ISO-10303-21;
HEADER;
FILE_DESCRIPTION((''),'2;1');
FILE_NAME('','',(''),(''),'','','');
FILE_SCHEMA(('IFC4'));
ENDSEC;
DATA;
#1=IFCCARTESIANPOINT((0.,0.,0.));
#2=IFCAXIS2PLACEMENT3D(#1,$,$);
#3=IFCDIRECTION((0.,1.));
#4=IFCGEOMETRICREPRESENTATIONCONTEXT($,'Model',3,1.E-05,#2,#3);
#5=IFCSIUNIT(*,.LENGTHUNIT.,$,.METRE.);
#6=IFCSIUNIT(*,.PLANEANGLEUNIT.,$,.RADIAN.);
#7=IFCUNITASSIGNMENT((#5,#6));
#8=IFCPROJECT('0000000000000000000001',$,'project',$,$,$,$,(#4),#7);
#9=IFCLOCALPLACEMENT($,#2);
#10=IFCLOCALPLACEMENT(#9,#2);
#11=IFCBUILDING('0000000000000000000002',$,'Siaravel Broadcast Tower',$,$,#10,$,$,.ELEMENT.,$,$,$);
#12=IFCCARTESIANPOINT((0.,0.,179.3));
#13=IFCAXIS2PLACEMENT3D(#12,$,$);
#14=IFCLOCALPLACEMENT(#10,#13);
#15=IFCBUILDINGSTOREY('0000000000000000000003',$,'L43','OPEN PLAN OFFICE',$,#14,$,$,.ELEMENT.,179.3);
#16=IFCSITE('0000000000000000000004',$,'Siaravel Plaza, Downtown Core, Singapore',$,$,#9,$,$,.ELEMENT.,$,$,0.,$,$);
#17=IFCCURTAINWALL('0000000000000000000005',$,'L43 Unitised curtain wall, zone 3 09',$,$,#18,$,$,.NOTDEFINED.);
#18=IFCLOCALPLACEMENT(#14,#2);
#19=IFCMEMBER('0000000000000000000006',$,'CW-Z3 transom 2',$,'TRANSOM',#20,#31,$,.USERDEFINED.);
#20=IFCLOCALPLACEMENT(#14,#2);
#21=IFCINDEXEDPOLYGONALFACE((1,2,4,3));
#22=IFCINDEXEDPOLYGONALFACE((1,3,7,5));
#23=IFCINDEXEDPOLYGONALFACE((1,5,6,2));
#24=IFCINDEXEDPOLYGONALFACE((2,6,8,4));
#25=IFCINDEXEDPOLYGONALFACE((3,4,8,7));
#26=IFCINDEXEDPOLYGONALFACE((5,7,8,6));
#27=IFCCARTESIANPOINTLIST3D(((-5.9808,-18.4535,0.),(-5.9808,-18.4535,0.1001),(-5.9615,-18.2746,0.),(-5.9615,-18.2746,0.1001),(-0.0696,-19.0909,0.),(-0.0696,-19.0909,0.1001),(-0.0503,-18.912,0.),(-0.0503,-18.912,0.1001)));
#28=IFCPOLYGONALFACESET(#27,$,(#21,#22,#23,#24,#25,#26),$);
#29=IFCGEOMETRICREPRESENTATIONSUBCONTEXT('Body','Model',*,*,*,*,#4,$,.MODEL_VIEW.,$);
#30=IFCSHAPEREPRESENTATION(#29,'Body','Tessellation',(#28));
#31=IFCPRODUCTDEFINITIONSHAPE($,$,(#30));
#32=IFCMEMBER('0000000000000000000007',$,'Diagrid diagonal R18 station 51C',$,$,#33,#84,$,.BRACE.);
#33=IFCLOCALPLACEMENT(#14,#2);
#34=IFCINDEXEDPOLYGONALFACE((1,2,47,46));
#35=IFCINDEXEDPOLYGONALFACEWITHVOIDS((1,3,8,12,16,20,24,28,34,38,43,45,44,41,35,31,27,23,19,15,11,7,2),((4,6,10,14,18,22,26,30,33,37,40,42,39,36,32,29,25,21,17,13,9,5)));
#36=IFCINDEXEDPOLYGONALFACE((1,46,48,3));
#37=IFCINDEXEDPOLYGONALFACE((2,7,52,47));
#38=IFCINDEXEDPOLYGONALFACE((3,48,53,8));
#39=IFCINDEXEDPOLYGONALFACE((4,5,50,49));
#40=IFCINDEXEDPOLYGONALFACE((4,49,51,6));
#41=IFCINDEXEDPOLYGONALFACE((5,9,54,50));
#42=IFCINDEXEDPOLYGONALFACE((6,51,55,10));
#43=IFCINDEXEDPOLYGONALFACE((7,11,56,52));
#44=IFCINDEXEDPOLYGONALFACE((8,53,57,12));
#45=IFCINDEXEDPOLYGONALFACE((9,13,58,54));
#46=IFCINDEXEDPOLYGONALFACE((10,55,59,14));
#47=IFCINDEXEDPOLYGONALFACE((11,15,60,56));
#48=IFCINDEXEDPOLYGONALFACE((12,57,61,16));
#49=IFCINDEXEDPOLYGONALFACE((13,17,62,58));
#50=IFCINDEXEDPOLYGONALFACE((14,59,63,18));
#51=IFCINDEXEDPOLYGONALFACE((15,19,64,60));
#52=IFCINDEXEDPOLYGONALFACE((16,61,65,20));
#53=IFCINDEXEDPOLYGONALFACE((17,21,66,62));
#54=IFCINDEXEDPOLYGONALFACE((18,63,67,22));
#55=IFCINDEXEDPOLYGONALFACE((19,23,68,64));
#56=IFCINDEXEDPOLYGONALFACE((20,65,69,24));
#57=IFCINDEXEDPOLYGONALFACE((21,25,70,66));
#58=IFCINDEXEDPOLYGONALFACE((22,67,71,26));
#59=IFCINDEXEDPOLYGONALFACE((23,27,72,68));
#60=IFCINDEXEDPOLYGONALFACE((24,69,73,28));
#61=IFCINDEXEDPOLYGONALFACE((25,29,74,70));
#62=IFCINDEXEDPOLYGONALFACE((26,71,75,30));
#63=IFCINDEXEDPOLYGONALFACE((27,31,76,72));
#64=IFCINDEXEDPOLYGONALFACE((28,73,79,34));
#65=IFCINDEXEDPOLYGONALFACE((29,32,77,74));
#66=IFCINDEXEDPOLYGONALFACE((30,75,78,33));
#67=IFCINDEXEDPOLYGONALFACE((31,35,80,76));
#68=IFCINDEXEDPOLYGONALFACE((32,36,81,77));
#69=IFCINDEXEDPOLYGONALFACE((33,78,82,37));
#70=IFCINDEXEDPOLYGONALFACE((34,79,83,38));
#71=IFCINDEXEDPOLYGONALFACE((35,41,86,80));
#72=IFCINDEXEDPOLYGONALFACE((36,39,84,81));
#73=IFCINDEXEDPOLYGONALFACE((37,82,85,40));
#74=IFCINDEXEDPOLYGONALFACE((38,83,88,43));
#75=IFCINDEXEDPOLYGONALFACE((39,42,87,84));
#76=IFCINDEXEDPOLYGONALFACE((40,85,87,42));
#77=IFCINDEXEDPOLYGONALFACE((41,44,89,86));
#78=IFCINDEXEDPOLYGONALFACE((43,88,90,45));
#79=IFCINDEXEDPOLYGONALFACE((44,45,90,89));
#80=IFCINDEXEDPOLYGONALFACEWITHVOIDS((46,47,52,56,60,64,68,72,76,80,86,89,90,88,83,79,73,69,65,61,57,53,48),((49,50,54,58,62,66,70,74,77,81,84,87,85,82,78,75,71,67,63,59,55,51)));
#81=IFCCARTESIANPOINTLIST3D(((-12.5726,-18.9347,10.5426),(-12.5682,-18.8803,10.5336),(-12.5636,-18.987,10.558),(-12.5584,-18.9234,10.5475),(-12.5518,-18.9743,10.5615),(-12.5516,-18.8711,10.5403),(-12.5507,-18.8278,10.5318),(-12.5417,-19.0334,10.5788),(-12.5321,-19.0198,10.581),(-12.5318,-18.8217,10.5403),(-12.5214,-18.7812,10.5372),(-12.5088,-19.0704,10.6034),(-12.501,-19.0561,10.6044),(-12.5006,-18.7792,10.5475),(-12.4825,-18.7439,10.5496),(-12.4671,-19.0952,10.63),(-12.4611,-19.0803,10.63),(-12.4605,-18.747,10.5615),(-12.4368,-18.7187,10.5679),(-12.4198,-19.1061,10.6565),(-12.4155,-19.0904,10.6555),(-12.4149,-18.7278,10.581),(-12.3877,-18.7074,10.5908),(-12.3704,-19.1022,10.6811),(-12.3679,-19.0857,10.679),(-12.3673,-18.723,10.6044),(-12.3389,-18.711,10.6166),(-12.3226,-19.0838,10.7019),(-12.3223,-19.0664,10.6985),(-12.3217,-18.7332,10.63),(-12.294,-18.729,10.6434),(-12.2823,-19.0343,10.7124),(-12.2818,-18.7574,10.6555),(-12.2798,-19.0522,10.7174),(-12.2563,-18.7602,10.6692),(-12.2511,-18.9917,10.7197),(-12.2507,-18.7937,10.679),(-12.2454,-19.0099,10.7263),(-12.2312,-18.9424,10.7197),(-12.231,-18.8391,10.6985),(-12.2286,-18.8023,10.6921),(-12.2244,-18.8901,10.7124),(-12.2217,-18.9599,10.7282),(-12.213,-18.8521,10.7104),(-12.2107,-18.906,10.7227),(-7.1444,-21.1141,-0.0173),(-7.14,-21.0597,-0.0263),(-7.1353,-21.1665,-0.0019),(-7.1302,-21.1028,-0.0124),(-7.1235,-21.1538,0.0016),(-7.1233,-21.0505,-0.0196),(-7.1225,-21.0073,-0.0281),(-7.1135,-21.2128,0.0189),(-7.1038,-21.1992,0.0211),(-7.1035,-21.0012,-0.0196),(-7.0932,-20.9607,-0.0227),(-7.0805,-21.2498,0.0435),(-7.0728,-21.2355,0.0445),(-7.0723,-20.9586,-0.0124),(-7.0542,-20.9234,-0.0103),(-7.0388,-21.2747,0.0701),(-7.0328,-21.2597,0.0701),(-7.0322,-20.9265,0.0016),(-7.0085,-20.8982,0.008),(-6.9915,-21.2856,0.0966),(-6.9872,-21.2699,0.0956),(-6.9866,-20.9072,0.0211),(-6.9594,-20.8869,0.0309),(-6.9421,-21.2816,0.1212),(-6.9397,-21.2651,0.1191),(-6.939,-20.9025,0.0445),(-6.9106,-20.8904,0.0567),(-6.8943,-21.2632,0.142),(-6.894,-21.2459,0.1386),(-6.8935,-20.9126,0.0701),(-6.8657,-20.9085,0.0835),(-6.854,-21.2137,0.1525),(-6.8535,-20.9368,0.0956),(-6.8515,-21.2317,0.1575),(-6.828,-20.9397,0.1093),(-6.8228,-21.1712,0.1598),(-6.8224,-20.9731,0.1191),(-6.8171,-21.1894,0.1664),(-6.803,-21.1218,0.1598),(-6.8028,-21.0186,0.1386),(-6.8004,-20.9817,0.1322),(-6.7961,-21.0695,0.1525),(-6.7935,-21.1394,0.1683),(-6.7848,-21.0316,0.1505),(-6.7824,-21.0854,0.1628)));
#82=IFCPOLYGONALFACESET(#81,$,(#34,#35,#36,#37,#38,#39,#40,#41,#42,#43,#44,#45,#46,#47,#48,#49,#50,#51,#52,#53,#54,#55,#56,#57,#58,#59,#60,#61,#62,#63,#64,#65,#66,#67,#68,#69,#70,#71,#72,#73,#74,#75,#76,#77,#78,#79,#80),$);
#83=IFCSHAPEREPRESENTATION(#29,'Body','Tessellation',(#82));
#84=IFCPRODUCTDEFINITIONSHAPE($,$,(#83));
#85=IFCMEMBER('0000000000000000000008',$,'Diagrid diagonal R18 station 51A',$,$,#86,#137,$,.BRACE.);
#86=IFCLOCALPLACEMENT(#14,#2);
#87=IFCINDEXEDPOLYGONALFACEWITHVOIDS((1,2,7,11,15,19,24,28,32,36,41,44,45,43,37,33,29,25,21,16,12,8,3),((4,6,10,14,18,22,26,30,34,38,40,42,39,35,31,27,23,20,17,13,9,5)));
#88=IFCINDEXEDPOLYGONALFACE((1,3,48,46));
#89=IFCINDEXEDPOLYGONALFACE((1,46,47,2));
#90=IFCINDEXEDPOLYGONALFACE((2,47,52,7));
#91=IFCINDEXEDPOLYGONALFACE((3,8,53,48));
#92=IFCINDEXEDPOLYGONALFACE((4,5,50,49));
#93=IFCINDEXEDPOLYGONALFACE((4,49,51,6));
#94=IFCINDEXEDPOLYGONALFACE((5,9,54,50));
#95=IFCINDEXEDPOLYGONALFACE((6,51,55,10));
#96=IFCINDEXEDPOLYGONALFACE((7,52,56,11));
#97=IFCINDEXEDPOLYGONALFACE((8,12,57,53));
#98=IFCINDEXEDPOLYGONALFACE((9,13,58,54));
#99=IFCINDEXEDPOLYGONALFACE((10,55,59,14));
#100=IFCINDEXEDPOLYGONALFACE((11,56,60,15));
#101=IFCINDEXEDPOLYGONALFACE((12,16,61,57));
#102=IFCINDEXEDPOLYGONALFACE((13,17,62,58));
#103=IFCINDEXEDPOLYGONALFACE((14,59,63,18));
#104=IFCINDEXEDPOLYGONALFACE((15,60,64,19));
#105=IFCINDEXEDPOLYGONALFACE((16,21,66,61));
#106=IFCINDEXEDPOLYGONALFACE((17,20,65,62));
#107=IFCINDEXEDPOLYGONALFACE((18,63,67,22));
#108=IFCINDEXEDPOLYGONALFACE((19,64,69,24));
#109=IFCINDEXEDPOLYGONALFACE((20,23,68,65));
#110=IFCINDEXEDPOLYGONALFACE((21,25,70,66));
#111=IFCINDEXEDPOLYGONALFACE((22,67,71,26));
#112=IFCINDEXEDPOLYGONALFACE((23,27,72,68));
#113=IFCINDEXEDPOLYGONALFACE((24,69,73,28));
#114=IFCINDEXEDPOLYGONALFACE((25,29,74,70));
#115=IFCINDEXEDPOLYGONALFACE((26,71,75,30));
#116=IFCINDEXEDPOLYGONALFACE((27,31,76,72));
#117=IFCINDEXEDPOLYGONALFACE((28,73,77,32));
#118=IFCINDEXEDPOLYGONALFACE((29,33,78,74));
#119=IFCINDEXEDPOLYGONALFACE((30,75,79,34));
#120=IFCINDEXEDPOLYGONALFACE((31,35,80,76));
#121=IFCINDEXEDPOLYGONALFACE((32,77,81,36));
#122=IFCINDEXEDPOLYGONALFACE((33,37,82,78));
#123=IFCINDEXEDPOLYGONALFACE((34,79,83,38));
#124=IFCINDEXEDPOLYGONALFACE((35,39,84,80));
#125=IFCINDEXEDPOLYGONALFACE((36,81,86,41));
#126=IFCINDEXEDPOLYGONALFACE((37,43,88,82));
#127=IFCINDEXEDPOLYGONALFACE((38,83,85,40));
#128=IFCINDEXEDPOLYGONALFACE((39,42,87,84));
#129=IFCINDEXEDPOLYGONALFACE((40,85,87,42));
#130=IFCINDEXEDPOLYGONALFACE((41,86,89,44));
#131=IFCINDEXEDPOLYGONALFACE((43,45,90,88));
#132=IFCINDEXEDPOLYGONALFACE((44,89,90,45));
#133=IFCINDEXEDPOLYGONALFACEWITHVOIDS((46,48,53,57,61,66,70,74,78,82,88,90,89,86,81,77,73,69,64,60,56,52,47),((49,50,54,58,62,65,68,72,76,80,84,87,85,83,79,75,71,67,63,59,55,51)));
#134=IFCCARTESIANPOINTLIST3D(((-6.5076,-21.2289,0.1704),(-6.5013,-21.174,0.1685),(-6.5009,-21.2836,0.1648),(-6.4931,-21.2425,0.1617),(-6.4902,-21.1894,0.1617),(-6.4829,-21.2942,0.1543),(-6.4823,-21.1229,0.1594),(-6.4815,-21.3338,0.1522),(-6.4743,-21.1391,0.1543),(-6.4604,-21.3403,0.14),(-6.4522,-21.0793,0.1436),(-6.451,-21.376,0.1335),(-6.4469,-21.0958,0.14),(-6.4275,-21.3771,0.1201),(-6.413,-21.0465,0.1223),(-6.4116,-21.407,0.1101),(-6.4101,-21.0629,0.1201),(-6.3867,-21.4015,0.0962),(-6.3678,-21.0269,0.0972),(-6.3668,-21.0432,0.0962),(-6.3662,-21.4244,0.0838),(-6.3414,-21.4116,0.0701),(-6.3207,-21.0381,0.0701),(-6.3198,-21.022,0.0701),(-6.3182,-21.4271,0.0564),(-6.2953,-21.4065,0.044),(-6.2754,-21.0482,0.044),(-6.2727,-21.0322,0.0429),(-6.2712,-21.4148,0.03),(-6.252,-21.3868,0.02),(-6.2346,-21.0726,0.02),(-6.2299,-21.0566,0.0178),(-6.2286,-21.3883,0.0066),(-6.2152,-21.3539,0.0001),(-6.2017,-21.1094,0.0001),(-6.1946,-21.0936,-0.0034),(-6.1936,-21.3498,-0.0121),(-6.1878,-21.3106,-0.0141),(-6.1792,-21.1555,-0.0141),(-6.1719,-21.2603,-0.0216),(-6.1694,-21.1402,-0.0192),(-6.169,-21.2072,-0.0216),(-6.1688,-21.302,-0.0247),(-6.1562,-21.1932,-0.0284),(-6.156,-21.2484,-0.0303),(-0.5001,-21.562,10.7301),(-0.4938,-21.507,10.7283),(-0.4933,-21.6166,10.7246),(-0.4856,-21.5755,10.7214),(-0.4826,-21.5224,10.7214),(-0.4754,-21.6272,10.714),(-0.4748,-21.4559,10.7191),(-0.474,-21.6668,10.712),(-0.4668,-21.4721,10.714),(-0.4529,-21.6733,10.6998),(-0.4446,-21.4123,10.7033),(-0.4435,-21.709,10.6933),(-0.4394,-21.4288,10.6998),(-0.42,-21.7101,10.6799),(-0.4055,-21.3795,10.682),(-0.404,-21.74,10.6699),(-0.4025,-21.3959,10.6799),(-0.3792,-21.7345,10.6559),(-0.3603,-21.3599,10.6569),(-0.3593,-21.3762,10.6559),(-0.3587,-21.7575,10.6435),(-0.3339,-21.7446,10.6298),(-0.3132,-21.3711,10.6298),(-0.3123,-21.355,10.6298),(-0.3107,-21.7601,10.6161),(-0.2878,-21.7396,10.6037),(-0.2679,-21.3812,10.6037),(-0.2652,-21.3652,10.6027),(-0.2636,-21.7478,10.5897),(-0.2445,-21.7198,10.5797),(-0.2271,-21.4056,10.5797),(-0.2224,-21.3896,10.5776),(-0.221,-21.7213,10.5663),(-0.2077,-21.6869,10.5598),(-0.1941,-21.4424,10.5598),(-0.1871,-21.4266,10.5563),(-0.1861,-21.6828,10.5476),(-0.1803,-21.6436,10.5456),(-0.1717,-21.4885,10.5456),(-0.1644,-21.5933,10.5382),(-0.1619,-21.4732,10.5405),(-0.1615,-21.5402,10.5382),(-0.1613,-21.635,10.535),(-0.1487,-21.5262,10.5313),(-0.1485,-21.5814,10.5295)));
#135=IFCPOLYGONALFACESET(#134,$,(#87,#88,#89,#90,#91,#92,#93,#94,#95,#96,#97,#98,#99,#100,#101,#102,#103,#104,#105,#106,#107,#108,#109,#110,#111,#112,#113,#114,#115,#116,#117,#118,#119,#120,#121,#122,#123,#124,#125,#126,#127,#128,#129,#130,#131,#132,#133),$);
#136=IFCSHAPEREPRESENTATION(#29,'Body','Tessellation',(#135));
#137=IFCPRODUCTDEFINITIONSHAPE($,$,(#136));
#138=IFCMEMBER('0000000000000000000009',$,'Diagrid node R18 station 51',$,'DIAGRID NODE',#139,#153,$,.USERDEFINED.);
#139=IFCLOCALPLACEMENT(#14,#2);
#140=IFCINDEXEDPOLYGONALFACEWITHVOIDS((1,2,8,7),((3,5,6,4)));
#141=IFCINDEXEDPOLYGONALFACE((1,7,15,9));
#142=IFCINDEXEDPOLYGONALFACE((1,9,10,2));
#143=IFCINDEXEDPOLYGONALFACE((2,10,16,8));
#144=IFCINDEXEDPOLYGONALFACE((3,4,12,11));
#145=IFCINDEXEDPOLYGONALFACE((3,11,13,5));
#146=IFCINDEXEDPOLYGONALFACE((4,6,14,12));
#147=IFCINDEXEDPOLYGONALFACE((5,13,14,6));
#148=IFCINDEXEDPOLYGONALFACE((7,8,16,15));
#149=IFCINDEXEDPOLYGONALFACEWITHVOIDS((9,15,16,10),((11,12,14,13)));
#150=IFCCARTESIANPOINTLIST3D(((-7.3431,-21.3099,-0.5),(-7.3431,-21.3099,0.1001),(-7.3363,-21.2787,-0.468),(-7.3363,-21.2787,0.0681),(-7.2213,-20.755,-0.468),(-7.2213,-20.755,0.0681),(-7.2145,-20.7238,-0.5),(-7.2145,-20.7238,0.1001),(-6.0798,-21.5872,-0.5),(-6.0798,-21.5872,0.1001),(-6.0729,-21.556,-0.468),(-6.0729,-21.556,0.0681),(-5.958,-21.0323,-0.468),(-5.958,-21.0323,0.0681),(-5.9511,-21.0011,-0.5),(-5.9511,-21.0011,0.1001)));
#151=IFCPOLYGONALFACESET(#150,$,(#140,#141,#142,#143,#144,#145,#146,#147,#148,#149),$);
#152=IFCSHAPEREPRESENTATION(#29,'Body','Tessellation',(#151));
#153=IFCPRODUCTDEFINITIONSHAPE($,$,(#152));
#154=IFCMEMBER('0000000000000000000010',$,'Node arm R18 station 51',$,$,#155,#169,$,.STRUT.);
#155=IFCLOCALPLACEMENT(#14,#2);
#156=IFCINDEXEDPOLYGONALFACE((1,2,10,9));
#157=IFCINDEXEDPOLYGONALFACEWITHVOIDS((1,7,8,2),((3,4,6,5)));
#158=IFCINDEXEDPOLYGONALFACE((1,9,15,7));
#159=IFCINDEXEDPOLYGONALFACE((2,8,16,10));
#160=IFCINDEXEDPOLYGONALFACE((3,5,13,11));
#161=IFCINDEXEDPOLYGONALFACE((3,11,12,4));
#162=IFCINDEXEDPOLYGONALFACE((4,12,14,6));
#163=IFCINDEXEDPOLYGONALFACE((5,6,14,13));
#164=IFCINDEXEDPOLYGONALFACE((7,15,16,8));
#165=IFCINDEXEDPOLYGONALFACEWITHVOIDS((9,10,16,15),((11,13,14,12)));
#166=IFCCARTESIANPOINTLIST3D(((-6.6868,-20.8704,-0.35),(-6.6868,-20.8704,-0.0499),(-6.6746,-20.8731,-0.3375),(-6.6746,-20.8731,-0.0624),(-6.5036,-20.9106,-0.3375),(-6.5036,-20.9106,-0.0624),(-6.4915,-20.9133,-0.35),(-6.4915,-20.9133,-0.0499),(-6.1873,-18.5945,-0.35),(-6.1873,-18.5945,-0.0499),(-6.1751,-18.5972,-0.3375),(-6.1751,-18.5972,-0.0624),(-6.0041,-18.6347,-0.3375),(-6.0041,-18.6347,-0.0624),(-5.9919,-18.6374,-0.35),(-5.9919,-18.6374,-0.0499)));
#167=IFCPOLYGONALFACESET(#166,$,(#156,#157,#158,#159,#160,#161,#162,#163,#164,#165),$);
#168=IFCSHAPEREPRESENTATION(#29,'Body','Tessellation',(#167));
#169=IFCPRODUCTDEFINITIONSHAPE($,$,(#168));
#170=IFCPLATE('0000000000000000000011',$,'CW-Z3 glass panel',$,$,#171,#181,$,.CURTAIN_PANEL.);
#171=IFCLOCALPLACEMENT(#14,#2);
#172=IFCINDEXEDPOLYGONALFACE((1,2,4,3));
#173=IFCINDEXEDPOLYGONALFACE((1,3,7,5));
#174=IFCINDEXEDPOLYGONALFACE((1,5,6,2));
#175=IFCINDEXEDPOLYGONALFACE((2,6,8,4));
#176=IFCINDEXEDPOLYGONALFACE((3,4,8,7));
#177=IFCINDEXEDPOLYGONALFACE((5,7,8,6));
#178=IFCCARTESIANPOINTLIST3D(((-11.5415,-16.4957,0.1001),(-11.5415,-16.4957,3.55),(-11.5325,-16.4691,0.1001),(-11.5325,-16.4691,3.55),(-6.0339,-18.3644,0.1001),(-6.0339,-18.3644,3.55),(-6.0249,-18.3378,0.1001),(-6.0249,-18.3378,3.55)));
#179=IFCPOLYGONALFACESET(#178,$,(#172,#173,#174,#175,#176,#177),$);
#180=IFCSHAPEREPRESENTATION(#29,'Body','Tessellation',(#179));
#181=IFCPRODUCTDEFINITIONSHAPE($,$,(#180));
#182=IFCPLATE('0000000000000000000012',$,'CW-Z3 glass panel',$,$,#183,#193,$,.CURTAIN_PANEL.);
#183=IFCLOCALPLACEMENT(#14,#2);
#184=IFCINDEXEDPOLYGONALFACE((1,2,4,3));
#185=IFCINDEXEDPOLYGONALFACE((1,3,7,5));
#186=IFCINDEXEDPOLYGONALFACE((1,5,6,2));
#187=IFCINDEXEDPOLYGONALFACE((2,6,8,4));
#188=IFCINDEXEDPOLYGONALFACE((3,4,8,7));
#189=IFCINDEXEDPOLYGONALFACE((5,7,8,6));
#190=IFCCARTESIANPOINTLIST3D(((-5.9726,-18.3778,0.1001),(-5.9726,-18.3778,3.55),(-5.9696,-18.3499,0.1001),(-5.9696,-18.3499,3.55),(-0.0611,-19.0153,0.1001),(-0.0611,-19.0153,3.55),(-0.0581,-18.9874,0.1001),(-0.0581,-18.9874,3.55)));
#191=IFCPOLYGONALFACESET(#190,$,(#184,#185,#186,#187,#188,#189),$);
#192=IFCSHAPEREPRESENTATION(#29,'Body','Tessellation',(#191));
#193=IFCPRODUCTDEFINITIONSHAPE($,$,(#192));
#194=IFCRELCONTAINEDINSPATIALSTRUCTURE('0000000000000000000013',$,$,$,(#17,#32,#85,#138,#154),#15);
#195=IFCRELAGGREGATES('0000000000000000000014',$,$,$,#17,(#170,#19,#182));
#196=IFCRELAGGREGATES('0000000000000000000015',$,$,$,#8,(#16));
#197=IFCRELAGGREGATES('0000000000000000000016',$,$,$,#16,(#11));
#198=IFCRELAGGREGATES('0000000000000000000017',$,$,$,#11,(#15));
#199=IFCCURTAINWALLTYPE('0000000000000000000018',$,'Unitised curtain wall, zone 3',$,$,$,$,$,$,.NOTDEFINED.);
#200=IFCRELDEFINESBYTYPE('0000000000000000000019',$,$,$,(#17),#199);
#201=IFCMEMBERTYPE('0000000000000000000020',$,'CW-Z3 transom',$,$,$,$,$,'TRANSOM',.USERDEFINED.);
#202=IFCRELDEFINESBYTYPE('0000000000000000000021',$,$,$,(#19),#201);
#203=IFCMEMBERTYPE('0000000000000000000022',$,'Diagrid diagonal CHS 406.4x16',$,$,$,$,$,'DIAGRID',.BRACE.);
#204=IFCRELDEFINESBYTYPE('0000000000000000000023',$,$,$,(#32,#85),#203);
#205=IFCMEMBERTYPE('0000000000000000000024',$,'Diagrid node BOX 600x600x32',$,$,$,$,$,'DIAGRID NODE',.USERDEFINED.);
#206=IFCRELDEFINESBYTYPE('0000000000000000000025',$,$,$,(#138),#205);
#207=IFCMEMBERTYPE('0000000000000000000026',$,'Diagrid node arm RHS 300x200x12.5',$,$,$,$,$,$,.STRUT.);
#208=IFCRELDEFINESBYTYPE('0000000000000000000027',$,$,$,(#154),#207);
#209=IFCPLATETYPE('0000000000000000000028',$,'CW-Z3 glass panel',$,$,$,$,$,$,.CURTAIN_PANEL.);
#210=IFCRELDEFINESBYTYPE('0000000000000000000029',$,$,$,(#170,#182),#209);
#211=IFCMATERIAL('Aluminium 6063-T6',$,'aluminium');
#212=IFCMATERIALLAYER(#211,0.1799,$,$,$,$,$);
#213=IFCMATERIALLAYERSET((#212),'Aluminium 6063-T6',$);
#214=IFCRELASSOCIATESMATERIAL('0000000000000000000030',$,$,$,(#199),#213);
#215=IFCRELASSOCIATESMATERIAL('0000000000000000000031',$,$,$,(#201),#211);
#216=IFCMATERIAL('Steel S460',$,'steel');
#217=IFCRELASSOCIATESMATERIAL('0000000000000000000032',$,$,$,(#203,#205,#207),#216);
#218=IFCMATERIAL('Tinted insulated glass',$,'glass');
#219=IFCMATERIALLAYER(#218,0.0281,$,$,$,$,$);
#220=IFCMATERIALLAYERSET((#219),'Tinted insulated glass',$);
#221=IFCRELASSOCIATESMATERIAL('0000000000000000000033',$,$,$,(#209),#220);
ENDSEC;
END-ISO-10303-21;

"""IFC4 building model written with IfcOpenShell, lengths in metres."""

from ifc_helpers import new_model, si_unit, direction, frame, origin, origin_2d, place, context, subcontext, project, spatial, rectangle, hollow_rectangle, hollow_circle, extrude, material, layer, layer_set, material_profile, profile_set, type_object, element, aggregate, save


model = new_model("IFC4")

# Units and contexts
model_context = context("Model", 3, precision=1e-05, world=origin(), true_north=direction((0.0, 1.0)))
body_context = subcontext(model_context, "Body", "Model", "MODEL_VIEW")
ifc_project = project(units=[si_unit("LENGTHUNIT", "METRE"), si_unit("PLANEANGLEUNIT", "RADIAN")], contexts=[model_context])

# Site, building, storey
site_placement = place(None, origin())
site = spatial("IfcSite", under=ifc_project, at=site_placement, Name="Siaravel Plaza, Downtown Core, Singapore", CompositionType="ELEMENT", RefElevation=0.0)
building_placement = place(site_placement, origin())
building = spatial("IfcBuilding", under=site, at=building_placement, Name="Siaravel Broadcast Tower", CompositionType="ELEMENT")
storey_placement = place(building_placement, frame((0.0, 0.0, 179.3)))
storey = spatial("IfcBuildingStorey", under=building, at=storey_placement, Name="L43", Description="OPEN PLAN OFFICE", CompositionType="ELEMENT", Elevation=179.3)

# Curtain wall, member
ifc_material_1 = material(Name="Aluminium 6063-T6", Category="aluminium")
ifc_layer_1 = layer(ifc_material_1, 0.1799)
ifc_layer_set_1 = layer_set([ifc_layer_1], Name="Aluminium 6063-T6")
curtain_wall_type = type_object("IfcCurtainWallType", Name="Unitised curtain wall, zone 3", PredefinedType="NOTDEFINED", material=ifc_layer_set_1)
curtain_wall_placement = place(storey_placement, origin())
curtain_wall = element("IfcCurtainWall", 1, at=curtain_wall_placement, inside=storey, type_object=curtain_wall_type, Name="L43 Unitised curtain wall, zone 3 09", PredefinedType="NOTDEFINED")
ifc_material_profile_1 = material_profile(ifc_material_1, rectangle(XDim=0.1799, YDim=0.1001, at=origin_2d()))
ifc_profile_set_1 = profile_set([ifc_material_profile_1], Name="Aluminium 6063-T6")
member_type_1 = type_object("IfcMemberType", Name="CW-Z3 transom", ElementType="TRANSOM", PredefinedType="USERDEFINED", material=ifc_profile_set_1)
member_1_placement = place(storey_placement, frame((-5.9712, -18.364, 0.05), z_axis=(0.994236, -0.107213, 0.0), x_axis=(0.107213, 0.994236, 0.0)))
member_1 = element("IfcMember", 2, at=member_1_placement, type_object=member_type_1, Name="CW-Z3 transom 2", ObjectType="TRANSOM", PredefinedType="USERDEFINED", context=body_context, shape_type="SweptSolid", body=[
    extrude(rectangle(XDim=0.1799, YDim=0.1001, at=origin_2d()), origin(), (0.0, 0.0, 1.0), 5.9456),
])

# Members
ifc_material_2 = material(Name="Steel S460", Category="steel")
ifc_material_profile_2 = material_profile(ifc_material_2, hollow_circle(Radius=0.2031, WallThickness=0.0161, at=origin_2d()))
ifc_profile_set_2 = profile_set([ifc_material_profile_2], Name="Steel S460")
member_type_2 = type_object("IfcMemberType", Name="Diagrid diagonal CHS 406.4x16", ElementType="DIAGRID", PredefinedType="BRACE", material=ifc_profile_set_2)
member_2_placement = place(storey_placement, frame((-6.9631, -21.0862, 0.0701), z_axis=(-0.449666, 0.180542, 0.87476), x_axis=(-0.372592, -0.927995, 0.0)))
element("IfcMember", 3, at=member_2_placement, inside=storey, type_object=member_type_2, Name="Diagrid diagonal R18 station 51C", PredefinedType="BRACE", context=body_context, shape_type="SweptSolid", body=[
    extrude(hollow_circle(Radius=0.2031, WallThickness=0.0161, at=origin_2d()), origin(), (0.0, 0.0, 1.0), 12.0718),
])
member_3_placement = place(storey_placement, frame((-6.3311, -21.2249, 0.0701), z_axis=(0.494301, -0.0274, 0.868859), x_axis=(0.055346, 0.998467, 0.0)))
element("IfcMember", 4, at=member_3_placement, inside=storey, type_object=member_type_2, Name="Diagrid diagonal R18 station 51A", PredefinedType="BRACE", context=body_context, shape_type="SweptSolid", body=[
    extrude(hollow_circle(Radius=0.2031, WallThickness=0.0161, at=origin_2d()), origin(), (0.0, 0.0, 1.0), 12.1536),
])
ifc_material_profile_3 = material_profile(ifc_material_2, hollow_rectangle(XDim=0.6001, YDim=0.6001, WallThickness=0.032, at=origin_2d()))
ifc_profile_set_3 = profile_set([ifc_material_profile_3], Name="Steel S460")
member_type_3 = type_object("IfcMemberType", Name="Diagrid node BOX 600x600x32", ElementType="DIAGRID NODE", PredefinedType="USERDEFINED", material=ifc_profile_set_3)
member_4_placement = place(storey_placement, frame((-7.2788, -21.0168, -0.2), z_axis=(0.976743, -0.214412, 0.0), x_axis=(0.214412, 0.976743, 0.0)))
element("IfcMember", 5, at=member_4_placement, inside=storey, type_object=member_type_3, Name="Diagrid node R18 station 51", ObjectType="DIAGRID NODE", PredefinedType="USERDEFINED", context=body_context, shape_type="SweptSolid", body=[
    extrude(hollow_rectangle(XDim=0.6001, YDim=0.6001, WallThickness=0.032, at=origin_2d()), origin(), (0.0, 0.0, 1.0), 1.2935),
])
ifc_material_profile_4 = material_profile(ifc_material_2, hollow_rectangle(XDim=0.2, YDim=0.3, WallThickness=0.0125, at=origin_2d()))
ifc_profile_set_4 = profile_set([ifc_material_profile_4], Name="Steel S460")
member_type_4 = type_object("IfcMemberType", Name="Diagrid node arm RHS 300x200x12.5", PredefinedType="STRUT", material=ifc_profile_set_4)
member_5_placement = place(storey_placement, frame((-6.0896, -18.616, -0.2), z_axis=(-0.214378, -0.976751, 0.0), x_axis=(0.976751, -0.214378, 0.0)))
element("IfcMember", 6, at=member_5_placement, inside=storey, type_object=member_type_4, Name="Node arm R18 station 51", PredefinedType="STRUT", context=body_context, shape_type="SweptSolid", body=[
    extrude(hollow_rectangle(XDim=0.2, YDim=0.3, WallThickness=0.0125, at=origin_2d()), origin(), (0.0, 0.0, 1.0), 2.3301),
])

# Plates
ifc_material_3 = material(Name="Tinted insulated glass", Category="glass")
ifc_layer_2 = layer(ifc_material_3, 0.0281)
ifc_layer_set_2 = layer_set([ifc_layer_2], Name="Tinted insulated glass")
plate_type = type_object("IfcPlateType", Name="CW-Z3 glass panel", PredefinedType="CURTAIN_PANEL", material=ifc_layer_set_2)
plate_1_placement = place(storey_placement, frame((-8.7832, -17.4167, 0.1001), z_axis=(0.0, 0.0, 1.0), x_axis=(0.946977, -0.3213, 0.0)))
plate_1 = element("IfcPlate", 7, at=plate_1_placement, type_object=plate_type, Name="CW-Z3 glass panel", PredefinedType="CURTAIN_PANEL", context=body_context, shape_type="SweptSolid", body=[
    extrude(rectangle(XDim=5.8159, YDim=0.0281, at=origin_2d()), origin(), (0.0, 0.0, 1.0), 3.45),
])
plate_2_placement = place(storey_placement, frame((-3.0154, -18.6826, 0.1001), z_axis=(0.0, 0.0, 1.0), x_axis=(0.994236, -0.107217, 0.0)))
plate_2 = element("IfcPlate", 8, at=plate_2_placement, type_object=plate_type, Name="CW-Z3 glass panel", PredefinedType="CURTAIN_PANEL", context=body_context, shape_type="SweptSolid", body=[
    extrude(rectangle(XDim=5.9458, YDim=0.0281, at=origin_2d()), origin(), (0.0, 0.0, 1.0), 3.45),
])
aggregate(curtain_wall, [plate_1, member_1, plate_2])

save(model, "model.ifc")
